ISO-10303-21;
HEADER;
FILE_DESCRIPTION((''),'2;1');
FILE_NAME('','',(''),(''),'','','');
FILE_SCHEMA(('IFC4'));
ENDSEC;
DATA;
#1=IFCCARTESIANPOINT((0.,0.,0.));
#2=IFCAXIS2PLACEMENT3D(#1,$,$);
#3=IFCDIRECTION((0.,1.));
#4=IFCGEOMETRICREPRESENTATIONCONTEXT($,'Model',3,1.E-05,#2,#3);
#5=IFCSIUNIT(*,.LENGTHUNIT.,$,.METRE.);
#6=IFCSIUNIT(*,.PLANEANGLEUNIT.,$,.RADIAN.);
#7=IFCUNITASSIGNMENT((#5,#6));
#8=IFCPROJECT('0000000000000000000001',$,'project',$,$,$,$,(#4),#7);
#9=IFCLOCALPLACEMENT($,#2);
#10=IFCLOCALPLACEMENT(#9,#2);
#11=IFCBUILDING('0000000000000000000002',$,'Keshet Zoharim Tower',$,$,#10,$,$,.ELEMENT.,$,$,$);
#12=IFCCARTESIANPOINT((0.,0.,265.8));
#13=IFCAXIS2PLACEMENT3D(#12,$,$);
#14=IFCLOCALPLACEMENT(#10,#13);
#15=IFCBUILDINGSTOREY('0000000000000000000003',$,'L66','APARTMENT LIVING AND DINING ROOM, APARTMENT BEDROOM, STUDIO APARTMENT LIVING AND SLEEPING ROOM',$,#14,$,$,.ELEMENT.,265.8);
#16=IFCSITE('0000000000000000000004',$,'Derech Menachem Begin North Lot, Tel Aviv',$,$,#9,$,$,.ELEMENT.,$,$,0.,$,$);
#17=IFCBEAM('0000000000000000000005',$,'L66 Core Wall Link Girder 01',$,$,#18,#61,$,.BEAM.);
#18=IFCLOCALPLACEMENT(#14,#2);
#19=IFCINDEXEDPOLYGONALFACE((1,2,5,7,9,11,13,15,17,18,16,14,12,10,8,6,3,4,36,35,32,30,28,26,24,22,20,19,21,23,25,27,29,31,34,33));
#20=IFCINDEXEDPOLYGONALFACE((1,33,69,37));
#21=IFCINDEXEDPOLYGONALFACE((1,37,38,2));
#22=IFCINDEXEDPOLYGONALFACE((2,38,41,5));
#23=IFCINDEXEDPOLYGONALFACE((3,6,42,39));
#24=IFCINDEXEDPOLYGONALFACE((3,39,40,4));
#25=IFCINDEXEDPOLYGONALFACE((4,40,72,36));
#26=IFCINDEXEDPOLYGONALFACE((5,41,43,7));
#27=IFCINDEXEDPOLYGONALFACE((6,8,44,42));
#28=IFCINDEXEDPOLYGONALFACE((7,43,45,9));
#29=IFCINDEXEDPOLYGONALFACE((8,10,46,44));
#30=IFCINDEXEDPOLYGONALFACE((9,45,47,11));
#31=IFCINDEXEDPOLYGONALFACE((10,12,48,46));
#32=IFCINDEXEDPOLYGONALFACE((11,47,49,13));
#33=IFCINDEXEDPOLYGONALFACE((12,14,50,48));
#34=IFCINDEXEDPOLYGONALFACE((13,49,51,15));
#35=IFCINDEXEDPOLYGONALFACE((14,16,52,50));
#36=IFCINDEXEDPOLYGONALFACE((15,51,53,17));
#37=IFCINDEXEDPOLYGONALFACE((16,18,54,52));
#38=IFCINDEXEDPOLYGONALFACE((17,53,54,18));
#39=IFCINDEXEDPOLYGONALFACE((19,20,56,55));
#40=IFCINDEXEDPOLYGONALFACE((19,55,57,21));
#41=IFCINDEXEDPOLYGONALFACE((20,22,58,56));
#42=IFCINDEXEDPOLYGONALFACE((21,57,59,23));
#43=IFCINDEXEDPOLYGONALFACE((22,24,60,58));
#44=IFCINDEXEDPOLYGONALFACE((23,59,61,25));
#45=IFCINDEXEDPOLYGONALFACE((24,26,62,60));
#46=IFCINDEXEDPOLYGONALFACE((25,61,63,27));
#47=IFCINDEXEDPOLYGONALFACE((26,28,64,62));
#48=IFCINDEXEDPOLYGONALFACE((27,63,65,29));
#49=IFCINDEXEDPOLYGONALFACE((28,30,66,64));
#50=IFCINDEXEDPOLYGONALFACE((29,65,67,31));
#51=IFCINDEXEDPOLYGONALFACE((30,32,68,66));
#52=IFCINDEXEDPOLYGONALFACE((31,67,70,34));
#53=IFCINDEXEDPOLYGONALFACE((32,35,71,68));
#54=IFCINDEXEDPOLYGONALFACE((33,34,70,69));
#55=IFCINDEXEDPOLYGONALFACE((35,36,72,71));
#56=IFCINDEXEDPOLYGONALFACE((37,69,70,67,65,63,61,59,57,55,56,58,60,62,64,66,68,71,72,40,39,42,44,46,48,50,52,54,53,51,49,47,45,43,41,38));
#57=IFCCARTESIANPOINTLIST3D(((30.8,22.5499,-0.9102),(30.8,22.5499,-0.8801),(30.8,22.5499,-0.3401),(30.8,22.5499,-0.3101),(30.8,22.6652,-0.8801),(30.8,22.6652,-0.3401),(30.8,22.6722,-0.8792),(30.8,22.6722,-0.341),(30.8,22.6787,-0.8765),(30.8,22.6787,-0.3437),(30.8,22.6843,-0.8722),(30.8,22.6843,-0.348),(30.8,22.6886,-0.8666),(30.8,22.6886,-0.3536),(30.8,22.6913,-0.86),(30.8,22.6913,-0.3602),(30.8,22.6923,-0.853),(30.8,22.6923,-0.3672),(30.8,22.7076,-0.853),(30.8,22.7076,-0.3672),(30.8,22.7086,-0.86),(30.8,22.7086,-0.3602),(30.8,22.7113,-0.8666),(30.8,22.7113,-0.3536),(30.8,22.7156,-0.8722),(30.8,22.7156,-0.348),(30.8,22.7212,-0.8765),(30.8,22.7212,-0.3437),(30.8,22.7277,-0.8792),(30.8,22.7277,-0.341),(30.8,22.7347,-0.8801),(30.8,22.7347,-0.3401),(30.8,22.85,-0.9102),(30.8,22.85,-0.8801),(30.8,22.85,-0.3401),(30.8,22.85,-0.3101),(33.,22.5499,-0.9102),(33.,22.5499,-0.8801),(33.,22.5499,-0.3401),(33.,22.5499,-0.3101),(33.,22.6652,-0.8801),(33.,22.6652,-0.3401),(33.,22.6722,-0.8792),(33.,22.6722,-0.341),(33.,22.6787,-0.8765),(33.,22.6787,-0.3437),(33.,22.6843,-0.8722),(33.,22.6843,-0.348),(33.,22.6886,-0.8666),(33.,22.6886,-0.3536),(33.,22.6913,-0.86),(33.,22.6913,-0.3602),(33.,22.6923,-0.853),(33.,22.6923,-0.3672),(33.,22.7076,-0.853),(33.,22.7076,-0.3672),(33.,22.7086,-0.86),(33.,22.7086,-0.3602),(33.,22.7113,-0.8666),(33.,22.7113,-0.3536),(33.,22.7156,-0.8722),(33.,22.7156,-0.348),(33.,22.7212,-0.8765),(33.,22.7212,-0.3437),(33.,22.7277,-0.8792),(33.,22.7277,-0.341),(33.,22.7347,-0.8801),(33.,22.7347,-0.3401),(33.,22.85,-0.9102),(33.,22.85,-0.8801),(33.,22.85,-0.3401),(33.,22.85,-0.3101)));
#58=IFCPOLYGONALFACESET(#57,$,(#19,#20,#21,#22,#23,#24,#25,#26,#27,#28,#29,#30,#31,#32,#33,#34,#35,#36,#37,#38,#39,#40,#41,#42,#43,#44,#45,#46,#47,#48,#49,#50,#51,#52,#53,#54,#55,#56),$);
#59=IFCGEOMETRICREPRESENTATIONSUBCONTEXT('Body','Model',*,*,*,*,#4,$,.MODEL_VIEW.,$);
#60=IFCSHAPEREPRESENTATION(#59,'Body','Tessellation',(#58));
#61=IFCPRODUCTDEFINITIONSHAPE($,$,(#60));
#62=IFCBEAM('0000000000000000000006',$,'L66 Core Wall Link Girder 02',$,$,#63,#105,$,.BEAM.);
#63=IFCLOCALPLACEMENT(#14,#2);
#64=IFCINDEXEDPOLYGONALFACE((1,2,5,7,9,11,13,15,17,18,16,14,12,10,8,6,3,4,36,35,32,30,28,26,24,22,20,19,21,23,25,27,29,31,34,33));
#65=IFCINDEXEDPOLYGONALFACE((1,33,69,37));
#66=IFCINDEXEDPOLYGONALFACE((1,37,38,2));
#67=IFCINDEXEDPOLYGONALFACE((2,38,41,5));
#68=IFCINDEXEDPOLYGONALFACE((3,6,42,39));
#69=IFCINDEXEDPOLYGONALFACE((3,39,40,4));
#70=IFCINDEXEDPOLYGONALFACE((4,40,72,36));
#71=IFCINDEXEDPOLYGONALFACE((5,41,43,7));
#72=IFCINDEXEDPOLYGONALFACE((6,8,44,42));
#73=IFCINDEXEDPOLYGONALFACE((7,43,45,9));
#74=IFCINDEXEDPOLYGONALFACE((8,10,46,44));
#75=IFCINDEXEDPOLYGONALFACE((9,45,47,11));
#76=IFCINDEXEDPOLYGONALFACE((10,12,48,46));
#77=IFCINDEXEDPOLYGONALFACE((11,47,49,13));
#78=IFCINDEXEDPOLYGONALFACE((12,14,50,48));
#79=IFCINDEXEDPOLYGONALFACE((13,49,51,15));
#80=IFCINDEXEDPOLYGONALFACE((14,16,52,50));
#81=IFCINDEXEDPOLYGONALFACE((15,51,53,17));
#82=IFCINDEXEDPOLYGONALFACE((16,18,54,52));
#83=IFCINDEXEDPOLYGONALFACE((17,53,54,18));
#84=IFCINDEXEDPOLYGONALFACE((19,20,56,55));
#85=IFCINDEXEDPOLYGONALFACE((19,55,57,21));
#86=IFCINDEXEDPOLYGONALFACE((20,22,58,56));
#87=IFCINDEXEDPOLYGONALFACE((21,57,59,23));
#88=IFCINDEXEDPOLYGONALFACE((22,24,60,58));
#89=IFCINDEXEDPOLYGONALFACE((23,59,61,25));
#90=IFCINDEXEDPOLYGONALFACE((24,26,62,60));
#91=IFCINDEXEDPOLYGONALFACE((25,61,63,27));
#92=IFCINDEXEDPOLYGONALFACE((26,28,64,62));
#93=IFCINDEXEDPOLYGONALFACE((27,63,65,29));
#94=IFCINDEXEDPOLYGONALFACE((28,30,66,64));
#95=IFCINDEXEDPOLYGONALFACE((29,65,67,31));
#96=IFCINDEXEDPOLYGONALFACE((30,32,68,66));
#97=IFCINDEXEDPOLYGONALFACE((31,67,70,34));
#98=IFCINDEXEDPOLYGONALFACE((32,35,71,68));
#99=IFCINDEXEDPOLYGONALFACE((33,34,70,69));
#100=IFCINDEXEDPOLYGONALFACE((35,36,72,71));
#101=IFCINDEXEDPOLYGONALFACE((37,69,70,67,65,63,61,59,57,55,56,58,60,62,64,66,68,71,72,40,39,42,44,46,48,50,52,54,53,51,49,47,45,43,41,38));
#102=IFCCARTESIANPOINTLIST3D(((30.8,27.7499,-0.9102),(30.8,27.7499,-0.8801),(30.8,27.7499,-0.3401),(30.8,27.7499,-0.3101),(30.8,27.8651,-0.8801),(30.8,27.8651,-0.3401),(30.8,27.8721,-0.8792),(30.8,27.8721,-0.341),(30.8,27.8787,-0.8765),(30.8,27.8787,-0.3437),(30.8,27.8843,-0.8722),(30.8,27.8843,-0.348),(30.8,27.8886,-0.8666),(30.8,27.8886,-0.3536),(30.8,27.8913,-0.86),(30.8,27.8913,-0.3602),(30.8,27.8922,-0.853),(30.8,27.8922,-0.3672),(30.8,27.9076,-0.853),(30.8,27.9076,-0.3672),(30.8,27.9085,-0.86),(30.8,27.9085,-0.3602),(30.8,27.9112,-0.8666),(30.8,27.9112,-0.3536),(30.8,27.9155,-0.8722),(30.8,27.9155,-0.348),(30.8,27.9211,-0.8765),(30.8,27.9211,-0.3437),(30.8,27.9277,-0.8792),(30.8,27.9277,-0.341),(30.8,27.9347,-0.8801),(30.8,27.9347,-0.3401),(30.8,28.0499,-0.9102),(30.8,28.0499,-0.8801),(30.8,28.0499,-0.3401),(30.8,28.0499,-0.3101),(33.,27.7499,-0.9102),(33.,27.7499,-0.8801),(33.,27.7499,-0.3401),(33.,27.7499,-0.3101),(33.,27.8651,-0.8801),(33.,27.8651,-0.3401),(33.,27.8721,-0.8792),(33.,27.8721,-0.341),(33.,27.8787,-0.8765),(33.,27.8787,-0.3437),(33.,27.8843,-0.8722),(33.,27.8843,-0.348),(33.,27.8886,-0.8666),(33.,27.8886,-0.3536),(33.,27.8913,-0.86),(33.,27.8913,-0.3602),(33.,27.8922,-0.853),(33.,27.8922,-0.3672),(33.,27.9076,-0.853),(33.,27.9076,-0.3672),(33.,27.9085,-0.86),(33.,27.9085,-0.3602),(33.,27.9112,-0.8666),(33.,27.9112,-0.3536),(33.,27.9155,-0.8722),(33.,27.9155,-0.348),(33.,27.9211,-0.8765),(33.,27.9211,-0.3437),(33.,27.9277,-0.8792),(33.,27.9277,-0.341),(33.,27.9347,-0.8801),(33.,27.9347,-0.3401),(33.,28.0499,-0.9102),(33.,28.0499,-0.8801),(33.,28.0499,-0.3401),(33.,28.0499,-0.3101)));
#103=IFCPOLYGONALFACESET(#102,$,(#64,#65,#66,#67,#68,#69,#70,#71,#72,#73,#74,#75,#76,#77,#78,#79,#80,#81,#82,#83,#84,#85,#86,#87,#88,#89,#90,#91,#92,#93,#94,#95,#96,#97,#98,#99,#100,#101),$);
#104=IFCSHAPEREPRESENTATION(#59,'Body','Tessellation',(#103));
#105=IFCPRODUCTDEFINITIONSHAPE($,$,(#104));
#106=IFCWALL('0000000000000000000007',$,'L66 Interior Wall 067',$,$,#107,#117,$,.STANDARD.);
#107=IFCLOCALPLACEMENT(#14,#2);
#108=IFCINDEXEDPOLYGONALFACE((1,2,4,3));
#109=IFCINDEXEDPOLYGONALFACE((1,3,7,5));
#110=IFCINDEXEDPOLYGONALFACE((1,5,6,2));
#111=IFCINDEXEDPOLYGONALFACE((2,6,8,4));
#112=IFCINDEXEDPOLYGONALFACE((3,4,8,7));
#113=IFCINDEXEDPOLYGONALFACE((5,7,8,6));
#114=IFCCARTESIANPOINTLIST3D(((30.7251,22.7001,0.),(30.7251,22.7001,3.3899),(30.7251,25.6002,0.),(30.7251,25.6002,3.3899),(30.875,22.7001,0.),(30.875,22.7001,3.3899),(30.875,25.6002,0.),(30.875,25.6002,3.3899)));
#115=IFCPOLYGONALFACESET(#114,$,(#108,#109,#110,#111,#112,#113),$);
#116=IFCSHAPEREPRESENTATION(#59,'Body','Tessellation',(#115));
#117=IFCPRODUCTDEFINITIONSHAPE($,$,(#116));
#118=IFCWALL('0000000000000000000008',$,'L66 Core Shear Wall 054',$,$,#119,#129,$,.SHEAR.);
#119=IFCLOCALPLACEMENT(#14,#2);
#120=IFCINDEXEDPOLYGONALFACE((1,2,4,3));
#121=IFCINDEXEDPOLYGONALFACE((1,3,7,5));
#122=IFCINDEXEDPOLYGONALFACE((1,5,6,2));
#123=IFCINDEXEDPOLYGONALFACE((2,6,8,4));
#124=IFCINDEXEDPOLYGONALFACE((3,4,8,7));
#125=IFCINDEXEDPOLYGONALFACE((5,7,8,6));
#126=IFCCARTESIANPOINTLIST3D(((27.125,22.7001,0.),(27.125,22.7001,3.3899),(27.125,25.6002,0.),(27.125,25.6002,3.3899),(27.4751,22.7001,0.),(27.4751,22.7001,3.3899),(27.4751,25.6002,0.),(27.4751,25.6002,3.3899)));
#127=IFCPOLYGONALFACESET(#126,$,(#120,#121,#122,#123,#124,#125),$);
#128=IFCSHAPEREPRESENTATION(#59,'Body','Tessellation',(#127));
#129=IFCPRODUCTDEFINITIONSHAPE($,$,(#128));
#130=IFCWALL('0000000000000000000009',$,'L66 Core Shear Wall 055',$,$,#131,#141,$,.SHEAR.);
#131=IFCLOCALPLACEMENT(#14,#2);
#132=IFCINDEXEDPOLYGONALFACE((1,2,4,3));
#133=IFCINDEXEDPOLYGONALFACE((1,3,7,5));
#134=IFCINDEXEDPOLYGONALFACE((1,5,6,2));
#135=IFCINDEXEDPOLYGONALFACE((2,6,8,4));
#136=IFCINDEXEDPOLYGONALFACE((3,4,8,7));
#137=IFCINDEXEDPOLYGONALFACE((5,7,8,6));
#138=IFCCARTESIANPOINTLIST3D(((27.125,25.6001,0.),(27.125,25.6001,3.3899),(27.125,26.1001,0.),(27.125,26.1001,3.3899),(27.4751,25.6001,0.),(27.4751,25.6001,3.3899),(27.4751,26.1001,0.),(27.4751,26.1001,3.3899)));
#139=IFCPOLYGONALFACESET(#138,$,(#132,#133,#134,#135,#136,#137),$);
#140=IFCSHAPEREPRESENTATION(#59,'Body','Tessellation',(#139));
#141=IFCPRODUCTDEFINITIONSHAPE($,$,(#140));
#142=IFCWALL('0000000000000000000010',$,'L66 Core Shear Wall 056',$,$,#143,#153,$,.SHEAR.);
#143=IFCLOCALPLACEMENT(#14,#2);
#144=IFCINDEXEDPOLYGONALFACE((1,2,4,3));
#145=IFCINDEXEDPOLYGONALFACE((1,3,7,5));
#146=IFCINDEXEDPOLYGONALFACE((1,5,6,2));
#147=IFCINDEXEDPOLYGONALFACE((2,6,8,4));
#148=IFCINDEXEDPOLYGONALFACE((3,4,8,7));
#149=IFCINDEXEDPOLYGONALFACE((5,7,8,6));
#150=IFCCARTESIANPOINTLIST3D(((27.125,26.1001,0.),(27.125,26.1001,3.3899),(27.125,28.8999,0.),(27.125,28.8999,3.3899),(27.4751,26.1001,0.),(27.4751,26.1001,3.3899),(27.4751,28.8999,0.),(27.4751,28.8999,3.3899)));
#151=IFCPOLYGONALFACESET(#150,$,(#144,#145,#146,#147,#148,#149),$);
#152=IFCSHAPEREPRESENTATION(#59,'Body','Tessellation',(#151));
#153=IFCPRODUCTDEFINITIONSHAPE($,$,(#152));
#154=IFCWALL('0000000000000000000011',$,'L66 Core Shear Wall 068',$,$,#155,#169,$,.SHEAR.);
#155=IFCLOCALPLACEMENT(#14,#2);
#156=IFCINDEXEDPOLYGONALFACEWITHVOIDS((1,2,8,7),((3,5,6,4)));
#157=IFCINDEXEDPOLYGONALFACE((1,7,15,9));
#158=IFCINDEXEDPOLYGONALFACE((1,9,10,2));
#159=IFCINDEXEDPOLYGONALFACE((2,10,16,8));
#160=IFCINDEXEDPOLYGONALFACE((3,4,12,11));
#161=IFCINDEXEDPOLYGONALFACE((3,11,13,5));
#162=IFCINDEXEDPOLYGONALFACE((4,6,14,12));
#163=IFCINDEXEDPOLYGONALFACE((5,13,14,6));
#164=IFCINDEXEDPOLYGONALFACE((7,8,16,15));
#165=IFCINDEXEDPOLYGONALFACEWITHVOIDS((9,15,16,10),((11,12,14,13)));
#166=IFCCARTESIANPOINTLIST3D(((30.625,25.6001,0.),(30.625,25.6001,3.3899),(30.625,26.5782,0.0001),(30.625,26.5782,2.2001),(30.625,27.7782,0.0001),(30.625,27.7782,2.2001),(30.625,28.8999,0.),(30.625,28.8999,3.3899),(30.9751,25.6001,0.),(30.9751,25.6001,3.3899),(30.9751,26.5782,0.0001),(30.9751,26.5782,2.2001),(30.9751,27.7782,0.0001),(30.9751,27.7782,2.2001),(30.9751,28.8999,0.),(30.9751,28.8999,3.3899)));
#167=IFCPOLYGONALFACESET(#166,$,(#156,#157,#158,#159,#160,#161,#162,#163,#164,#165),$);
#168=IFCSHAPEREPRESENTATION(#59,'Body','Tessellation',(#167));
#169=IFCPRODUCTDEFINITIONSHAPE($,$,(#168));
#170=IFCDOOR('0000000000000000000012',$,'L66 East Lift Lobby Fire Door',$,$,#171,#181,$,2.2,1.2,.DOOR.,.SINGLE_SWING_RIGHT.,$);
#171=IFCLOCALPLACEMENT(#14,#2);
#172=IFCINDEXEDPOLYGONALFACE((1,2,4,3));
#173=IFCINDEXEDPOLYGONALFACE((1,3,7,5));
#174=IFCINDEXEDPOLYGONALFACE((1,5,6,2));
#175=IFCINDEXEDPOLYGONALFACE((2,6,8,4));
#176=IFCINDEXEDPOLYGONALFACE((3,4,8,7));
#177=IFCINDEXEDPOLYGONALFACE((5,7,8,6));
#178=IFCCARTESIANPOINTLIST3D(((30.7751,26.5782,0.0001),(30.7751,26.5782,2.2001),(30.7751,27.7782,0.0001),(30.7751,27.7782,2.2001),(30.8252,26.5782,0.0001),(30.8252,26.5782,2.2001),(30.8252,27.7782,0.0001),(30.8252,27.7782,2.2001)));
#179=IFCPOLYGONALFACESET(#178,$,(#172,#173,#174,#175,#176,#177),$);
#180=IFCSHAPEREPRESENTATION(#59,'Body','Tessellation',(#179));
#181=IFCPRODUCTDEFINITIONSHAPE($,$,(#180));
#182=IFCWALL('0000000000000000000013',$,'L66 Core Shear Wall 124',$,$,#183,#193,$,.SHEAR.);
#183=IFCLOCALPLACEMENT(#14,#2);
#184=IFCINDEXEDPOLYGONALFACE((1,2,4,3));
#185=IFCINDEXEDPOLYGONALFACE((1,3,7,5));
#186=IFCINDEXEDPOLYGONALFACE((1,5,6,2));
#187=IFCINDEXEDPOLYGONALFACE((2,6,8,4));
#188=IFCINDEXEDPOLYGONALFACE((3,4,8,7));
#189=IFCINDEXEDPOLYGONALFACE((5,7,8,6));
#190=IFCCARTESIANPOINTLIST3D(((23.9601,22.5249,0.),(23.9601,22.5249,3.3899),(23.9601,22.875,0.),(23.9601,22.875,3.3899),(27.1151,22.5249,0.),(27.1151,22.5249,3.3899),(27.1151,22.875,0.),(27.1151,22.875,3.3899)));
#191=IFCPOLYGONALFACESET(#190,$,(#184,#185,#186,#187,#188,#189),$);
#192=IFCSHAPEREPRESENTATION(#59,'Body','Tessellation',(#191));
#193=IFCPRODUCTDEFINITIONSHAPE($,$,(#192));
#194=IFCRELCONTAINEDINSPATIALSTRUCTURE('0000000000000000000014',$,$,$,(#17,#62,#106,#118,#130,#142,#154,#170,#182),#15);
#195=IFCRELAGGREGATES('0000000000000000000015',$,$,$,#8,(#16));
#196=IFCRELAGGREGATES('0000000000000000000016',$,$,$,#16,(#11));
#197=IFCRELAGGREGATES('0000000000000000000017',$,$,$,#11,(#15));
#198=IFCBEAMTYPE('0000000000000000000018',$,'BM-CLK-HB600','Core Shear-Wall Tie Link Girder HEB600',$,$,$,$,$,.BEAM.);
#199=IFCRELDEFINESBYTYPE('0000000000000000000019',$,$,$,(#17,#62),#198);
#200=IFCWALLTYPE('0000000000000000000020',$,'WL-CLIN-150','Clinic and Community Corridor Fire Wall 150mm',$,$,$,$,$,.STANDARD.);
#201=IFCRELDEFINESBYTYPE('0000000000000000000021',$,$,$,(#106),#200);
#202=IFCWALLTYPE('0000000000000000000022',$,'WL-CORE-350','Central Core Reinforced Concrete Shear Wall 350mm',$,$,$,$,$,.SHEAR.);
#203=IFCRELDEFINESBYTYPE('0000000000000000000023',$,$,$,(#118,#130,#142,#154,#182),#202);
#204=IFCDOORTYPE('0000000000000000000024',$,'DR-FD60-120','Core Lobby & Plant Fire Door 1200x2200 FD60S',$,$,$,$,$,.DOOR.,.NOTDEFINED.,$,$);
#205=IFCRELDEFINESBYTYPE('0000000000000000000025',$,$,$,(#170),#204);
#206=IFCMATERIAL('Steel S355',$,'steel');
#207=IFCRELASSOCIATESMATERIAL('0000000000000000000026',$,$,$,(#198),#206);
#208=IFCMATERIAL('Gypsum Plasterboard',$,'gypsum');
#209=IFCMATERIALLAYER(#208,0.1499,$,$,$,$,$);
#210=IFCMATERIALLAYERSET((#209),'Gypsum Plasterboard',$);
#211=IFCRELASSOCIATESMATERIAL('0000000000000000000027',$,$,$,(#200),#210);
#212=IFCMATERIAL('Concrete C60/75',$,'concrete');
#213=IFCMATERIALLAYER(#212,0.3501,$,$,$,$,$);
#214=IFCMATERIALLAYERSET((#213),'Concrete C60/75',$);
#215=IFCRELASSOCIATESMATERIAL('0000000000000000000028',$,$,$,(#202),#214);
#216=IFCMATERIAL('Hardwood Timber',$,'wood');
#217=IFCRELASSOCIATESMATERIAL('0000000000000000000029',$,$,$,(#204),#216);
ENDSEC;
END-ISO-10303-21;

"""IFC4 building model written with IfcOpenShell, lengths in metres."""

from ifc_helpers import new_model, si_unit, direction, frame, frame_2d, origin, origin_2d, place, context, subcontext, project, spatial, rectangle, i_section, extrude, material, layer, layer_set, material_profile, profile_set, type_object, element, fill, save


model = new_model("IFC4")

# Units and contexts
model_context = context("Model", 3, precision=1e-05, world=origin(), true_north=direction((0.0, 1.0)))
body_context = subcontext(model_context, "Body", "Model", "MODEL_VIEW")
ifc_project = project(units=[si_unit("LENGTHUNIT", "METRE"), si_unit("PLANEANGLEUNIT", "RADIAN")], contexts=[model_context])

# Site, building, storey
site_placement = place(None, origin())
site = spatial("IfcSite", under=ifc_project, at=site_placement, Name="Derech Menachem Begin North Lot, Tel Aviv", CompositionType="ELEMENT", RefElevation=0.0)
building_placement = place(site_placement, origin())
building = spatial("IfcBuilding", under=site, at=building_placement, Name="Keshet Zoharim Tower", CompositionType="ELEMENT")
storey_placement = place(building_placement, frame((0.0, 0.0, 265.8)))
storey = spatial("IfcBuildingStorey", under=building, at=storey_placement, Name="L66", Description="APARTMENT LIVING AND DINING ROOM, APARTMENT BEDROOM, STUDIO APARTMENT LIVING AND SLEEPING ROOM", CompositionType="ELEMENT", Elevation=265.8)

# Beams
ifc_material_1 = material(Name="Steel S355", Category="steel")
ifc_material_profile = material_profile(ifc_material_1, i_section(OverallWidth=0.3, OverallDepth=0.6001, WebThickness=0.0154, FlangeThickness=0.03, FilletRadius=0.0271, at=origin_2d()), Name="HEB600")
ifc_profile_set = profile_set([ifc_material_profile], Name="Steel S355")
beam_type = type_object("IfcBeamType", Name="BM-CLK-HB600", Description="Core Shear-Wall Tie Link Girder HEB600", PredefinedType="BEAM", material=ifc_profile_set)
for number, where, z_axis, x_axis, name in (
    (1, (30.8, 22.7, -0.6101), (1.0, 0.0, 0.0), (0.0, 1.0, 0.0), "L66 Core Wall Link Girder 01"),
    (2, (30.8, 27.8999, -0.6101), (1.0, 0.0, 0.0), (0.0, 1.0, 0.0), "L66 Core Wall Link Girder 02"),
):
    element("IfcBeam", number, at=place(storey_placement, frame(where, z_axis=z_axis, x_axis=x_axis)), inside=storey, type_object=beam_type, Name=name, PredefinedType="BEAM", context=body_context, shape_type="SweptSolid", body=[
        extrude(i_section(OverallWidth=0.3, OverallDepth=0.6001, WebThickness=0.0154, FlangeThickness=0.03, FilletRadius=0.0271, at=origin_2d()), origin(), (0.0, 0.0, 1.0), 2.2),
    ])

# Wall
ifc_material_2 = material(Name="Gypsum Plasterboard", Category="gypsum")
ifc_layer_1 = layer(ifc_material_2, 0.1499)
ifc_layer_set_1 = layer_set([ifc_layer_1], Name="Gypsum Plasterboard")
wall_type_1 = type_object("IfcWallType", Name="WL-CLIN-150", Description="Clinic and Community Corridor Fire Wall 150mm", PredefinedType="STANDARD", material=ifc_layer_set_1)
wall_1_placement = place(storey_placement, frame((30.8, 22.7, 0.0), z_axis=(0.0, 0.0, 1.0), x_axis=(0.0, 1.0, 0.0)))
element("IfcWall", 3, at=wall_1_placement, inside=storey, type_object=wall_type_1, Name="L66 Interior Wall 067", PredefinedType="STANDARD", context=body_context, shape_type="SweptSolid", body=[
    extrude(rectangle(XDim=2.9001, YDim=0.1499, at=frame_2d((1.4502, 0.0))), origin(), (0.0, 0.0, 1.0), 3.3899),
])

# Shared definitions
ifc_material_3 = material(Name="Concrete C60/75", Category="concrete")
ifc_layer_2 = layer(ifc_material_3, 0.3501)
ifc_layer_set_2 = layer_set([ifc_layer_2], Name="Concrete C60/75")
wall_type_2 = type_object("IfcWallType", Name="WL-CORE-350", Description="Central Core Reinforced Concrete Shear Wall 350mm", PredefinedType="SHEAR", material=ifc_layer_set_2)
ifc_material_4 = material(Name="Hardwood Timber", Category="wood")

# Walls
wall_2_placement = place(storey_placement, frame((27.3, 22.7, 0.0), z_axis=(0.0, 0.0, 1.0), x_axis=(0.0, 1.0, 0.0)))
element("IfcWall", 4, at=wall_2_placement, inside=storey, type_object=wall_type_2, Name="L66 Core Shear Wall 054", PredefinedType="SHEAR", context=body_context, shape_type="SweptSolid", body=[
    extrude(rectangle(XDim=2.9001, YDim=0.3501, at=frame_2d((1.4502, 0.0))), origin(), (0.0, 0.0, 1.0), 3.3899),
])
wall_3_placement = place(storey_placement, frame((27.3, 25.6001, 0.0), z_axis=(0.0, 0.0, 1.0), x_axis=(0.0, 1.0, 0.0)))
element("IfcWall", 5, at=wall_3_placement, inside=storey, type_object=wall_type_2, Name="L66 Core Shear Wall 055", PredefinedType="SHEAR", context=body_context, shape_type="SweptSolid", body=[
    extrude(rectangle(XDim=0.5, YDim=0.3501, at=frame_2d((0.25, 0.0))), origin(), (0.0, 0.0, 1.0), 3.3899),
])
wall_4_placement = place(storey_placement, frame((27.3, 26.1001, 0.0), z_axis=(0.0, 0.0, 1.0), x_axis=(0.0, 1.0, 0.0)))
element("IfcWall", 6, at=wall_4_placement, inside=storey, type_object=wall_type_2, Name="L66 Core Shear Wall 056", PredefinedType="SHEAR", context=body_context, shape_type="SweptSolid", body=[
    extrude(rectangle(XDim=2.7998, YDim=0.3501, at=frame_2d((1.3999, 0.0))), origin(), (0.0, 0.0, 1.0), 3.3899),
])

# Wall, opening, door
wall_5_placement = place(storey_placement, frame((30.8, 25.6001, 0.0), z_axis=(0.0, 0.0, 1.0), x_axis=(0.0, 1.0, 0.0)))
wall_5 = element("IfcWall", 7, at=wall_5_placement, inside=storey, type_object=wall_type_2, Name="L66 Core Shear Wall 068", PredefinedType="SHEAR", context=body_context, shape_type="SweptSolid", body=[
    extrude(rectangle(XDim=3.2998, YDim=0.3501, at=frame_2d((1.6499, 0.0))), origin(), (0.0, 0.0, 1.0), 3.3899),
])
opening_1_placement = place(wall_5_placement, frame((0.978, 0.0, 0.0)))
opening_1 = element("IfcOpeningElement", 8, at=opening_1_placement, cuts=wall_5, PredefinedType="OPENING", context=body_context, shape_type="SweptSolid", body=[
    extrude(rectangle(XDim=1.2, YDim=2.2, at=frame_2d((0.6001, 1.1001))), frame((0.0, 0.1851, 0.0), z_axis=(0.0, -1.0, 0.0), x_axis=(1.0, 0.0, 0.0)), (0.0, 0.0, 1.0), 0.3701),
])
door_type_1 = type_object("IfcDoorType", Name="DR-FD60-120", Description="Core Lobby & Plant Fire Door 1200x2200 FD60S", OperationType="NOTDEFINED", PredefinedType="DOOR", material=ifc_material_4)
door_1_placement = place(opening_1_placement, origin())
door_1 = element("IfcDoor", 9, at=door_1_placement, inside=storey, type_object=door_type_1, Name="L66 East Lift Lobby Fire Door", OperationType="SINGLE_SWING_RIGHT", OverallHeight=2.2, OverallWidth=1.2, PredefinedType="DOOR", context=body_context, shape_type="SweptSolid", body=[
    extrude(rectangle(XDim=1.2, YDim=2.2, at=frame_2d((0.6001, 1.1001))), frame((0.0, 0.0249, 0.0), z_axis=(0.0, -1.0, 0.0), x_axis=(1.0, 0.0, 0.0)), (0.0, 0.0, 1.0), 0.05),
])
fill(opening_1, door_1)

# Wall
wall_6_placement = place(storey_placement, frame((23.96, 22.7, 0.0), z_axis=(0.0, 0.0, 1.0), x_axis=(1.0, 0.0, 0.0)))
element("IfcWall", 10, at=wall_6_placement, inside=storey, type_object=wall_type_2, Name="L66 Core Shear Wall 124", PredefinedType="SHEAR", context=body_context, shape_type="SweptSolid", body=[
    extrude(rectangle(XDim=3.155, YDim=0.3501, at=frame_2d((1.5776, 0.0))), origin(), (0.0, 0.0, 1.0), 3.3899),
])

save(model, "model.ifc")
